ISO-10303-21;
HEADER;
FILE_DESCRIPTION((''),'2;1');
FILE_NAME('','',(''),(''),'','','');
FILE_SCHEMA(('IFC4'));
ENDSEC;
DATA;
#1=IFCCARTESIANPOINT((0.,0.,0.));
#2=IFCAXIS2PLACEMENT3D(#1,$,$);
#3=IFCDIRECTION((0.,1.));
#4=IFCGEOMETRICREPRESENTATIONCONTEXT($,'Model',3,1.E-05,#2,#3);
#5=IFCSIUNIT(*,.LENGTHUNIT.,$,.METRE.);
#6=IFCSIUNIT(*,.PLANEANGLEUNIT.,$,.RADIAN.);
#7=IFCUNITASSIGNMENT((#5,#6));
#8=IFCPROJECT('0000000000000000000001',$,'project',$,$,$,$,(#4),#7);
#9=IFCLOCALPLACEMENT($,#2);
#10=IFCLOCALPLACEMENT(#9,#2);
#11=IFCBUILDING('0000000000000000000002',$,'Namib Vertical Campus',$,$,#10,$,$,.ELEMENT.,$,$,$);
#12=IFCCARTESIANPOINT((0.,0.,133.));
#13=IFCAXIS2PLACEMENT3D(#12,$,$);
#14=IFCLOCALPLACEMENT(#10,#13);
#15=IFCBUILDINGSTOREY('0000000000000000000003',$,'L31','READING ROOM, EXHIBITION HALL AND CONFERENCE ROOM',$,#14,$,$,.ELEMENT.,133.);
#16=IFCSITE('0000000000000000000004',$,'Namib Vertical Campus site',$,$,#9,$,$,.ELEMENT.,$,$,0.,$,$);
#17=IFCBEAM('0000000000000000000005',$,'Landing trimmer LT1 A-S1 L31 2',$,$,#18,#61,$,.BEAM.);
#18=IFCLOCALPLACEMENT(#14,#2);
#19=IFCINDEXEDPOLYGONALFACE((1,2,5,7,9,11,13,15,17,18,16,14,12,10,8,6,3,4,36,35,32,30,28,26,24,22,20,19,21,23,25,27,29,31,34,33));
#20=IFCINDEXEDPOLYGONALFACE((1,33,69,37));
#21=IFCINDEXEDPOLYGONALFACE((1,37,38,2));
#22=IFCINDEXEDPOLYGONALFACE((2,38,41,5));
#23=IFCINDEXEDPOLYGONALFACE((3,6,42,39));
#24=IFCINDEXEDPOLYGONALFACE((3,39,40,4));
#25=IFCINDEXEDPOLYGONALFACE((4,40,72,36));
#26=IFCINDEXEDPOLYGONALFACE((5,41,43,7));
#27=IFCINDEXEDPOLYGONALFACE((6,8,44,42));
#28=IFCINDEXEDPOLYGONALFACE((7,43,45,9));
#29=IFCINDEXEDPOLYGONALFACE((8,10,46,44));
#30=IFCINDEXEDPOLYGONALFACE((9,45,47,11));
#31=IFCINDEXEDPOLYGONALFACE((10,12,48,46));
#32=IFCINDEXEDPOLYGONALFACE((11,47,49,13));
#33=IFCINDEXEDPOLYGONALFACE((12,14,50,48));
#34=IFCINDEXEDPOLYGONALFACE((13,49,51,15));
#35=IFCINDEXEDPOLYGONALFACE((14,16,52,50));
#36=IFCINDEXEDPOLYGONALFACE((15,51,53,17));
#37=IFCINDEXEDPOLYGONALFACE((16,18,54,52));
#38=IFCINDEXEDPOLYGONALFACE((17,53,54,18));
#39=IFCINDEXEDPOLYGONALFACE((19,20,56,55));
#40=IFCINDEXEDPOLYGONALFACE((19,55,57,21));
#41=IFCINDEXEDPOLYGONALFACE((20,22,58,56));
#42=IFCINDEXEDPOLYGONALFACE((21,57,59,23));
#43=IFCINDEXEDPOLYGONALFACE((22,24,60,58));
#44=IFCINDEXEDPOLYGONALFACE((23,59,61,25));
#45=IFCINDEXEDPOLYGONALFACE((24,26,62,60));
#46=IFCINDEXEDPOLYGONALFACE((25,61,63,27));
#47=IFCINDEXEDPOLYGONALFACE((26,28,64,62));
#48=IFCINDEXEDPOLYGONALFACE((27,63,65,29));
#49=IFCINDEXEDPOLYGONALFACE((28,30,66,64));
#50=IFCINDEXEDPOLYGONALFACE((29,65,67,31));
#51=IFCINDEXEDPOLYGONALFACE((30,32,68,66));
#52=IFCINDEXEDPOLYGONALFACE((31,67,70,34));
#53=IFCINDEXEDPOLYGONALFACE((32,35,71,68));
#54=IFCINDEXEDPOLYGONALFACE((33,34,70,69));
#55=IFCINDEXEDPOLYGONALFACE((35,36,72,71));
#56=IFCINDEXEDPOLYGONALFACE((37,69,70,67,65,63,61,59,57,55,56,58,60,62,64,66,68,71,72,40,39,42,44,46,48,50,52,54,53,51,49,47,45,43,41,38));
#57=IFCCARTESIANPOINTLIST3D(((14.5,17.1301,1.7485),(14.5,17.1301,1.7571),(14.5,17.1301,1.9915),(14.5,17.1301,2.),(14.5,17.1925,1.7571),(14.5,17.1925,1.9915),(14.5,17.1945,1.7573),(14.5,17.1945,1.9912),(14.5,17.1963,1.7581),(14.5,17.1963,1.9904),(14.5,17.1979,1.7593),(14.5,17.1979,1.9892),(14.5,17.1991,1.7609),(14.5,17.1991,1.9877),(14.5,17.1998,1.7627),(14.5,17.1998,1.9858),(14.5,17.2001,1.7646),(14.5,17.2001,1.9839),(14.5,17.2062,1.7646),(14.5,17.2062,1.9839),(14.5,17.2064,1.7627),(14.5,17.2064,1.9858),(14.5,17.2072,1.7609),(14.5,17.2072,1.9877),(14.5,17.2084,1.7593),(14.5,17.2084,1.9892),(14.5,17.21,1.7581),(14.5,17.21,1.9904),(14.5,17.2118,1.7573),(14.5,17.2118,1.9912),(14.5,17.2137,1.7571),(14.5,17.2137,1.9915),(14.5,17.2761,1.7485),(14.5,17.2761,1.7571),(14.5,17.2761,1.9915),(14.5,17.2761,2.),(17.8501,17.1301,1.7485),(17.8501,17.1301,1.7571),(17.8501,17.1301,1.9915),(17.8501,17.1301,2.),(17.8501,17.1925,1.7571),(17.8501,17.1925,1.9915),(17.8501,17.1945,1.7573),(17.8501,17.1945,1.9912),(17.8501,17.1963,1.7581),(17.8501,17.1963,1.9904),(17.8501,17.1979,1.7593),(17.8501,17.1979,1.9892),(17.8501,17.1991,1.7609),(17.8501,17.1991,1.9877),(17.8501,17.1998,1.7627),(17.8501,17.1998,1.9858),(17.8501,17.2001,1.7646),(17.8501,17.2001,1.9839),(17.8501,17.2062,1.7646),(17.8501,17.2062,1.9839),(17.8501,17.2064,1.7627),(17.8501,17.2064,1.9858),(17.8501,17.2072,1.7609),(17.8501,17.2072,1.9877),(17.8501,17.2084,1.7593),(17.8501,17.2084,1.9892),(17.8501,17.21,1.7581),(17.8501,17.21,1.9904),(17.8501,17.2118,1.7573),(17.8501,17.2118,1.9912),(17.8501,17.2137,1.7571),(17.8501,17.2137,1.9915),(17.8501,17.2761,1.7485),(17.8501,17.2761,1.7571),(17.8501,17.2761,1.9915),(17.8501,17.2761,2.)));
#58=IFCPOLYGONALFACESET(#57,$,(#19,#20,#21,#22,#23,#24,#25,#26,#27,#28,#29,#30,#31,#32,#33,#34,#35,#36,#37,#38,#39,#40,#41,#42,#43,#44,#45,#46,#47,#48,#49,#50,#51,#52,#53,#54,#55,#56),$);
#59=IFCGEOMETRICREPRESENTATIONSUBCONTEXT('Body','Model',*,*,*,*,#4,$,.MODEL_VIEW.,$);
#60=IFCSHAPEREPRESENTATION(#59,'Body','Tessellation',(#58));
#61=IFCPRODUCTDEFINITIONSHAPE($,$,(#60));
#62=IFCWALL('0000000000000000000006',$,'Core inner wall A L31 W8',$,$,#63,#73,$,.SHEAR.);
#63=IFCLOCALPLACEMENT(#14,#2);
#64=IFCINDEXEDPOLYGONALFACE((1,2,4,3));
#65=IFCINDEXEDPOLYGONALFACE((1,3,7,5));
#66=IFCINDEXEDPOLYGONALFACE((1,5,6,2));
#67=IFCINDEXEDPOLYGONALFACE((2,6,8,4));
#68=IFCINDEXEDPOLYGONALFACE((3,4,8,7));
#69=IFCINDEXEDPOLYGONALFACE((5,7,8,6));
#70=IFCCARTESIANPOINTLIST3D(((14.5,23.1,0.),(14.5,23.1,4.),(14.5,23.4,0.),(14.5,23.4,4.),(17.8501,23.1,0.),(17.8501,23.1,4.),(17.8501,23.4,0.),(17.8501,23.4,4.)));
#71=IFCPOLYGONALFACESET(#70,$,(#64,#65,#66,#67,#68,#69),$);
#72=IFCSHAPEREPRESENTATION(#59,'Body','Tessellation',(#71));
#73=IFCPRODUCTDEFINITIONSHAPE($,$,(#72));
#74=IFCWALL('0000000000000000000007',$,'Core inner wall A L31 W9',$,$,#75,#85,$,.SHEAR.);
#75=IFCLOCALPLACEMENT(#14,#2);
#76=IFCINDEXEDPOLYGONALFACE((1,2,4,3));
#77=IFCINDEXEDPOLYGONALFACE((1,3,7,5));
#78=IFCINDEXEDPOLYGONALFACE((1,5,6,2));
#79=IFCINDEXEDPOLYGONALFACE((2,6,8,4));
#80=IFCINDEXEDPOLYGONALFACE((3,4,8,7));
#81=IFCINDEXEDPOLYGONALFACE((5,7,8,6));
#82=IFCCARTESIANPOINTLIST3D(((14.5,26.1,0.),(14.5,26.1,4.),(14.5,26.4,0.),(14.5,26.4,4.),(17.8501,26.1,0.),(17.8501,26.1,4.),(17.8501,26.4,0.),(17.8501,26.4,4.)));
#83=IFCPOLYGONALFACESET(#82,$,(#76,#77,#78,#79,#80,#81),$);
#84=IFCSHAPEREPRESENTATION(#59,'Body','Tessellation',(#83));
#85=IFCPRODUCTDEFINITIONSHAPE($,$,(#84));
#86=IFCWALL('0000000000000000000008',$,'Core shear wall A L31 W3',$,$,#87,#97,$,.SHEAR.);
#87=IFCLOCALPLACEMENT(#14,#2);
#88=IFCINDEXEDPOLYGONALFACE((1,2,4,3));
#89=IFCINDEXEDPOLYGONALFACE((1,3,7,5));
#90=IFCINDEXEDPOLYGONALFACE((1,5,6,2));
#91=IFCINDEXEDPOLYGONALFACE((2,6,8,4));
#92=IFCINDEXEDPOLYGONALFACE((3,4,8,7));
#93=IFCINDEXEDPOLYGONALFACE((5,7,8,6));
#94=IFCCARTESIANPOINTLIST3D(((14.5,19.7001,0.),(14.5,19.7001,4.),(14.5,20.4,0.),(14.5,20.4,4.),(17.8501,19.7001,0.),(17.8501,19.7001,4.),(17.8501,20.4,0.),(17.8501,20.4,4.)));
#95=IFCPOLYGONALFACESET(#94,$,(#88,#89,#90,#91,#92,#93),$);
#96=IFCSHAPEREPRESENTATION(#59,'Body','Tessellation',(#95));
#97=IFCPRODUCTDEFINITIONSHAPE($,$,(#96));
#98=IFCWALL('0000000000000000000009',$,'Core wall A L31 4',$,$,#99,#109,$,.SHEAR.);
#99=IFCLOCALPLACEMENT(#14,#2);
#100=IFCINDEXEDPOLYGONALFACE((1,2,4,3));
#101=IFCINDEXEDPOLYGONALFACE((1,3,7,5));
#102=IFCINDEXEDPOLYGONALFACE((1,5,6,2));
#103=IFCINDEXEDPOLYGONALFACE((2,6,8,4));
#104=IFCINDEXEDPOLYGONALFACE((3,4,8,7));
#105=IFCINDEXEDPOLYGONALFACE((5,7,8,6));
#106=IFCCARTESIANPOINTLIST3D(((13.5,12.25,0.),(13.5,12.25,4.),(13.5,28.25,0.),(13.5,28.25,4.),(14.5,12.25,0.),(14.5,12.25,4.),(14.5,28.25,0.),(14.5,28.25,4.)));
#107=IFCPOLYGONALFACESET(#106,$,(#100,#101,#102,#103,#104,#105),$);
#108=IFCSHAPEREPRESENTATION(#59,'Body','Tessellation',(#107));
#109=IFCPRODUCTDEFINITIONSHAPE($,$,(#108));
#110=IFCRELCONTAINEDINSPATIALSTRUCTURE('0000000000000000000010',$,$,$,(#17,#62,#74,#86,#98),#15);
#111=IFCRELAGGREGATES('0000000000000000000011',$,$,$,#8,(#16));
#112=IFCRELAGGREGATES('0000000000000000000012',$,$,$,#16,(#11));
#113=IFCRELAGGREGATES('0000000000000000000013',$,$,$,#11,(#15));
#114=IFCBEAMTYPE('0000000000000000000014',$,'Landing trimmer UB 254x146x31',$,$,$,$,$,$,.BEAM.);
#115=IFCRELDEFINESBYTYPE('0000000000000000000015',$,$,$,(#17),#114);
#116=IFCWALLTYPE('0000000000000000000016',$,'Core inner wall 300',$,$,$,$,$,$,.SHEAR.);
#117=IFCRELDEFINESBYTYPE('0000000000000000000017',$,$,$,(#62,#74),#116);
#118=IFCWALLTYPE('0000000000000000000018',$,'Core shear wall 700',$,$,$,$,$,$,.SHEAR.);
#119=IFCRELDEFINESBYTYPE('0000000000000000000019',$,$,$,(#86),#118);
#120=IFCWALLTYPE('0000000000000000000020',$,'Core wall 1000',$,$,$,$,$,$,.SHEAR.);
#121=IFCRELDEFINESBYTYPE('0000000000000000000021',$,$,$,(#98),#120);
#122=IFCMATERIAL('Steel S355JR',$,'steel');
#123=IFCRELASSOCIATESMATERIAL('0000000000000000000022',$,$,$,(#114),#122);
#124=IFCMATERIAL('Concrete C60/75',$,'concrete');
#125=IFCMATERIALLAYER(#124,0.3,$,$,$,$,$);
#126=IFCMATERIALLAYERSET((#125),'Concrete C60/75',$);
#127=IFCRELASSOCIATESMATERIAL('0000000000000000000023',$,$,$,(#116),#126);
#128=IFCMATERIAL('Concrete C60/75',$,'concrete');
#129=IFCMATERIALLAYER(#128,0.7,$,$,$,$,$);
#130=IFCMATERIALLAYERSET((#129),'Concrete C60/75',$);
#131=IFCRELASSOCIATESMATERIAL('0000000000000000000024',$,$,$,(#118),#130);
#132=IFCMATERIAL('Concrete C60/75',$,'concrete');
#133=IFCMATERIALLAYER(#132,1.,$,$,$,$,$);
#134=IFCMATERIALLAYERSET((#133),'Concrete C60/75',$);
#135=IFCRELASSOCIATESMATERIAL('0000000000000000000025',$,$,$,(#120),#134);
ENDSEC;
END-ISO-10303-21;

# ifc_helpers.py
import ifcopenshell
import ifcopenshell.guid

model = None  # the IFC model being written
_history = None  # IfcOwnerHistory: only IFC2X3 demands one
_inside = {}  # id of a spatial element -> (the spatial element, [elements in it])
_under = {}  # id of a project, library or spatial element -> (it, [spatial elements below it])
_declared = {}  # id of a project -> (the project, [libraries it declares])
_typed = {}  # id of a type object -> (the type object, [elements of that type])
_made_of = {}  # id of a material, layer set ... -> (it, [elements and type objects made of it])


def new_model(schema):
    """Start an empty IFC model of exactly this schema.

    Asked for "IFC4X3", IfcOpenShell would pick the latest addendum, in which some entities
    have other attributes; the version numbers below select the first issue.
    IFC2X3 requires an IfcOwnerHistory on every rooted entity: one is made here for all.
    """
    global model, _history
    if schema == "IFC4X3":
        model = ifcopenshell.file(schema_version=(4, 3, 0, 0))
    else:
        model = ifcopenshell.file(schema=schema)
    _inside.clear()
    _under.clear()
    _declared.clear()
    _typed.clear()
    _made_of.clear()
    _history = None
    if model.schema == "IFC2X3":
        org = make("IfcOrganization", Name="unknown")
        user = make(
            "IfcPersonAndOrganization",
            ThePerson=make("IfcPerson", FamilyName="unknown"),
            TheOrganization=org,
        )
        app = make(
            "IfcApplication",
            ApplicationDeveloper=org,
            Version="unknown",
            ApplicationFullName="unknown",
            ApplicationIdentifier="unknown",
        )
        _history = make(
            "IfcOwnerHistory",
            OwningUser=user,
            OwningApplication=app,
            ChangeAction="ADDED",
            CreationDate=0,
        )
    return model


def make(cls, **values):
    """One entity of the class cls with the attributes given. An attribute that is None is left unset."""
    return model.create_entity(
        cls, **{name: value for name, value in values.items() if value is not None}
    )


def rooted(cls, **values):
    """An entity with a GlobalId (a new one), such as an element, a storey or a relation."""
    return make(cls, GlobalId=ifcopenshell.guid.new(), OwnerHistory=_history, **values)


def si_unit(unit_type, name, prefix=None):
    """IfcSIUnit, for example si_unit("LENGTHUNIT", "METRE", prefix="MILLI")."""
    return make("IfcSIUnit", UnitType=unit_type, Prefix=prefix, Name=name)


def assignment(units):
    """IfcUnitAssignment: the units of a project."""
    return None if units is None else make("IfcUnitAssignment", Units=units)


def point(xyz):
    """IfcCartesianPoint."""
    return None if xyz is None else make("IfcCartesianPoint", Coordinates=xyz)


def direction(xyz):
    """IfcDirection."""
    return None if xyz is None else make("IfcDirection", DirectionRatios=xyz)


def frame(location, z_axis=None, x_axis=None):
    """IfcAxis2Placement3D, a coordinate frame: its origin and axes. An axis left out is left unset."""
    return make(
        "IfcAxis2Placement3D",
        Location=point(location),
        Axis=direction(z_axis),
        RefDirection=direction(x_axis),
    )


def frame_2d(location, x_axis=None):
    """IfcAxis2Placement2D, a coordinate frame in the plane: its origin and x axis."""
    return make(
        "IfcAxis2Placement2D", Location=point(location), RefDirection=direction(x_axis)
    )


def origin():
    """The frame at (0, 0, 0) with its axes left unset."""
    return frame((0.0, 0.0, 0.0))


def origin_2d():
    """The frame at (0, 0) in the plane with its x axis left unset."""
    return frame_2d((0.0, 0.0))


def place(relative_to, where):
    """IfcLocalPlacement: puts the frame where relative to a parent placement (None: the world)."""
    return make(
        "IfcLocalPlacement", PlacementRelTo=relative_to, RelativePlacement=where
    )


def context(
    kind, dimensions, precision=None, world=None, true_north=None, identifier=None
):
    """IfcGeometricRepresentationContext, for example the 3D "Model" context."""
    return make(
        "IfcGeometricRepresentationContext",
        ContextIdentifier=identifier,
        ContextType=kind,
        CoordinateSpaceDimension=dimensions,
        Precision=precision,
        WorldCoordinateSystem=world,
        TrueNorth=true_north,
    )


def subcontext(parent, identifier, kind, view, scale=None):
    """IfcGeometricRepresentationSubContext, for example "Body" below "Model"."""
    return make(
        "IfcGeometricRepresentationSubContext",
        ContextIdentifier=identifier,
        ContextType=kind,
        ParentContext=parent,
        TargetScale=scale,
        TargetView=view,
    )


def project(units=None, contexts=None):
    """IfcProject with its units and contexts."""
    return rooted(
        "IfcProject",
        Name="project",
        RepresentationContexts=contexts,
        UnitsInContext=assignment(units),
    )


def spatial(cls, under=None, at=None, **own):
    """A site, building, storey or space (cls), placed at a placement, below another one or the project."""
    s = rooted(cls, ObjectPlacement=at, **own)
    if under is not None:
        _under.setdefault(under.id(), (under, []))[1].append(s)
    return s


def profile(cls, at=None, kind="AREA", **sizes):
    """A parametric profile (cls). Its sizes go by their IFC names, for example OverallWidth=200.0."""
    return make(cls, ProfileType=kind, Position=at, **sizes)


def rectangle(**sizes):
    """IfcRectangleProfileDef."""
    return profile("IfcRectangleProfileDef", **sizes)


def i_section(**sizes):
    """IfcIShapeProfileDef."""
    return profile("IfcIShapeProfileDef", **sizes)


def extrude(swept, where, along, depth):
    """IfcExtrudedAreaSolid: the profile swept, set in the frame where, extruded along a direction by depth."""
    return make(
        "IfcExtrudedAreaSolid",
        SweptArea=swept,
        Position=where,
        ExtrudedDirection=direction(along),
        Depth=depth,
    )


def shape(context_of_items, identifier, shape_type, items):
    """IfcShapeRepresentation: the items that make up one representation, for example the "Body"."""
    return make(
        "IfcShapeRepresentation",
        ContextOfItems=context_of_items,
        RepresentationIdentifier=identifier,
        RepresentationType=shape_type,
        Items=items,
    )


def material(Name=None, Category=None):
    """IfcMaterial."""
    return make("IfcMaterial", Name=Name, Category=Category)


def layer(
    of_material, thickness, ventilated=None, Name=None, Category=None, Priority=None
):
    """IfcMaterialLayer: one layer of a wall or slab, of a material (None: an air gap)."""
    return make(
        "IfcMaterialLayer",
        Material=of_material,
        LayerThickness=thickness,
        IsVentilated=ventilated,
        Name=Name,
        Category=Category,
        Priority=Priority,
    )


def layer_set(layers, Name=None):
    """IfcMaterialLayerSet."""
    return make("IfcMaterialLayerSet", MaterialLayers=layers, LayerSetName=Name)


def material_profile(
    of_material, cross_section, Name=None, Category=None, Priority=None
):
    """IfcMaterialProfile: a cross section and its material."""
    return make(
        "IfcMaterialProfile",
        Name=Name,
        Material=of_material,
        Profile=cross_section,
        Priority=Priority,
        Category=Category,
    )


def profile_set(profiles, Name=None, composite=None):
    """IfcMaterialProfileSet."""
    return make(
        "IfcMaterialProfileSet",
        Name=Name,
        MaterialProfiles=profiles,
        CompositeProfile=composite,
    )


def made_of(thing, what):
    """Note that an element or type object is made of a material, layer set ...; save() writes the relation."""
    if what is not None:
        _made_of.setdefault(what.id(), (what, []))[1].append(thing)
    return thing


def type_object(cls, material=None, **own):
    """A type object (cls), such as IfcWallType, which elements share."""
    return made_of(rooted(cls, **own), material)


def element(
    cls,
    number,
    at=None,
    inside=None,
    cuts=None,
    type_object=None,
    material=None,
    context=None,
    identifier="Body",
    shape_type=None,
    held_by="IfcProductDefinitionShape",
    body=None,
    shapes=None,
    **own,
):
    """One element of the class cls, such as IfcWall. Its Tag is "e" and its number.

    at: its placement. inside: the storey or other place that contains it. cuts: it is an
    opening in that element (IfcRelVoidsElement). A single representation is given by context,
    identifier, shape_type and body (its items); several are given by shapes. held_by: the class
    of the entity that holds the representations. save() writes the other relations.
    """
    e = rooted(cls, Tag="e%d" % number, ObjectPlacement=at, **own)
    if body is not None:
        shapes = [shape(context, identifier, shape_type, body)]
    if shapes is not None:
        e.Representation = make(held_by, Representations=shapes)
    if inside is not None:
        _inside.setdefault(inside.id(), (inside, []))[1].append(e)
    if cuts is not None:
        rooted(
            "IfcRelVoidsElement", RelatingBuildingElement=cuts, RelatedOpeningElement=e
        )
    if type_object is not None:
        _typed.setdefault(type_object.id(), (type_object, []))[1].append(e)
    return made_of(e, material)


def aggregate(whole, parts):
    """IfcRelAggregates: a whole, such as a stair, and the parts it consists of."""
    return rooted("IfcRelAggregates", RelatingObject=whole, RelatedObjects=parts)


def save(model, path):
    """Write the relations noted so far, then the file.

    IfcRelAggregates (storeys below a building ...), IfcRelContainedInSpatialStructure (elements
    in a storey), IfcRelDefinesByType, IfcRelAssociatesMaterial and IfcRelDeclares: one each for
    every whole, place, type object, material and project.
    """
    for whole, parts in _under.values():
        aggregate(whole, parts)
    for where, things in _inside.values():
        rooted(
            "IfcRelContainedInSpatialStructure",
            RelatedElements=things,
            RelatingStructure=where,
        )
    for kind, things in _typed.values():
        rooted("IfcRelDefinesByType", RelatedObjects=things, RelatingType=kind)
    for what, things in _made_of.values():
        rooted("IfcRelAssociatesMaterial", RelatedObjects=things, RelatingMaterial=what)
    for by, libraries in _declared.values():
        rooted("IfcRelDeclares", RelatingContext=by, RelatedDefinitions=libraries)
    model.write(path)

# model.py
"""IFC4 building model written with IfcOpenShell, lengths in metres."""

from ifc_helpers import new_model, si_unit, direction, frame, frame_2d, origin, origin_2d, place, context, subcontext, project, spatial, rectangle, i_section, extrude, material, layer, layer_set, material_profile, profile_set, type_object, element, save


model = new_model("IFC4")

# Units and contexts
model_context = context("Model", 3, precision=1e-05, world=origin(), true_north=direction((0.0, 1.0)))
body_context = subcontext(model_context, "Body", "Model", "MODEL_VIEW")
ifc_project = project(units=[si_unit("LENGTHUNIT", "METRE"), si_unit("PLANEANGLEUNIT", "RADIAN")], contexts=[model_context])

# Site, building, storey
site_placement = place(None, origin())
site = spatial("IfcSite", under=ifc_project, at=site_placement, Name="Namib Vertical Campus site", CompositionType="ELEMENT", RefElevation=0.0)
building_placement = place(site_placement, origin())
building = spatial("IfcBuilding", under=site, at=building_placement, Name="Namib Vertical Campus", CompositionType="ELEMENT")
storey_placement = place(building_placement, frame((0.0, 0.0, 133.0)))
storey = spatial("IfcBuildingStorey", under=building, at=storey_placement, Name="L31", Description="READING ROOM, EXHIBITION HALL AND CONFERENCE ROOM", CompositionType="ELEMENT", Elevation=133.0)

# Beam
ifc_material_1 = material(Name="Steel S355JR", Category="steel")
ifc_material_profile = material_profile(ifc_material_1, i_section(OverallWidth=0.146, OverallDepth=0.2515, WebThickness=0.0061, FlangeThickness=0.0085, FilletRadius=0.0076, at=origin_2d()))
ifc_profile_set = profile_set([ifc_material_profile], Name="Steel S355JR")
beam_type = type_object("IfcBeamType", Name="Landing trimmer UB 254x146x31", PredefinedType="BEAM", material=ifc_profile_set)
beam_placement = place(storey_placement, frame((14.5, 17.2031, 1.8743), z_axis=(1.0, 0.0, 0.0), x_axis=(0.0, 1.0, 0.0)))
element("IfcBeam", 1, at=beam_placement, inside=storey, type_object=beam_type, Name="Landing trimmer LT1 A-S1 L31 2", PredefinedType="BEAM", context=body_context, shape_type="SweptSolid", body=[
    extrude(i_section(OverallWidth=0.146, OverallDepth=0.2515, WebThickness=0.0061, FlangeThickness=0.0085, FilletRadius=0.0076, at=origin_2d()), origin(), (0.0, 0.0, 1.0), 3.3501),
])

# Walls
ifc_material_2 = material(Name="Concrete C60/75", Category="concrete")
ifc_layer_1 = layer(ifc_material_2, 0.3)
ifc_layer_set_1 = layer_set([ifc_layer_1], Name="Concrete C60/75")
wall_type_1 = type_object("IfcWallType", Name="Core inner wall 300", PredefinedType="SHEAR", material=ifc_layer_set_1)
for number, where, z_axis, x_axis, name in (
    (2, (14.5, 23.25, 0.0), (0.0, 0.0, 1.0), (1.0, 0.0, 0.0), "Core inner wall A L31 W8"),
    (3, (14.5, 26.25, 0.0), (0.0, 0.0, 1.0), (1.0, 0.0, 0.0), "Core inner wall A L31 W9"),
):
    element("IfcWall", number, at=place(storey_placement, frame(where, z_axis=z_axis, x_axis=x_axis)), inside=storey, type_object=wall_type_1, Name=name, PredefinedType="SHEAR", context=body_context, shape_type="SweptSolid", body=[
        extrude(rectangle(XDim=3.3501, YDim=0.3, at=frame_2d((1.675, 0.0))), origin(), (0.0, 0.0, 1.0), 4.0),
    ])
ifc_material_3 = material(Name="Concrete C60/75", Category="concrete")
ifc_layer_2 = layer(ifc_material_3, 0.7)
ifc_layer_set_2 = layer_set([ifc_layer_2], Name="Concrete C60/75")
wall_type_2 = type_object("IfcWallType", Name="Core shear wall 700", PredefinedType="SHEAR", material=ifc_layer_set_2)
wall_1_placement = place(storey_placement, frame((14.5, 20.05, 0.0), z_axis=(0.0, 0.0, 1.0), x_axis=(1.0, 0.0, 0.0)))
element("IfcWall", 4, at=wall_1_placement, inside=storey, type_object=wall_type_2, Name="Core shear wall A L31 W3", PredefinedType="SHEAR", context=body_context, shape_type="SweptSolid", body=[
    extrude(rectangle(XDim=3.3501, YDim=0.7, at=frame_2d((1.675, 0.0))), origin(), (0.0, 0.0, 1.0), 4.0),
])
ifc_material_4 = material(Name="Concrete C60/75", Category="concrete")
ifc_layer_3 = layer(ifc_material_4, 1.0)
ifc_layer_set_3 = layer_set([ifc_layer_3], Name="Concrete C60/75")
wall_type_3 = type_object("IfcWallType", Name="Core wall 1000", PredefinedType="SHEAR", material=ifc_layer_set_3)
wall_2_placement = place(storey_placement, frame((14.0, 28.25, 0.0), z_axis=(0.0, 0.0, 1.0), x_axis=(0.0, -1.0, 0.0)))
element("IfcWall", 5, at=wall_2_placement, inside=storey, type_object=wall_type_3, Name="Core wall A L31 4", PredefinedType="SHEAR", context=body_context, shape_type="SweptSolid", body=[
    extrude(rectangle(XDim=16.0, YDim=1.0, at=frame_2d((8.0, 0.0))), origin(), (0.0, 0.0, 1.0), 4.0),
])

save(model, "model.ifc")
